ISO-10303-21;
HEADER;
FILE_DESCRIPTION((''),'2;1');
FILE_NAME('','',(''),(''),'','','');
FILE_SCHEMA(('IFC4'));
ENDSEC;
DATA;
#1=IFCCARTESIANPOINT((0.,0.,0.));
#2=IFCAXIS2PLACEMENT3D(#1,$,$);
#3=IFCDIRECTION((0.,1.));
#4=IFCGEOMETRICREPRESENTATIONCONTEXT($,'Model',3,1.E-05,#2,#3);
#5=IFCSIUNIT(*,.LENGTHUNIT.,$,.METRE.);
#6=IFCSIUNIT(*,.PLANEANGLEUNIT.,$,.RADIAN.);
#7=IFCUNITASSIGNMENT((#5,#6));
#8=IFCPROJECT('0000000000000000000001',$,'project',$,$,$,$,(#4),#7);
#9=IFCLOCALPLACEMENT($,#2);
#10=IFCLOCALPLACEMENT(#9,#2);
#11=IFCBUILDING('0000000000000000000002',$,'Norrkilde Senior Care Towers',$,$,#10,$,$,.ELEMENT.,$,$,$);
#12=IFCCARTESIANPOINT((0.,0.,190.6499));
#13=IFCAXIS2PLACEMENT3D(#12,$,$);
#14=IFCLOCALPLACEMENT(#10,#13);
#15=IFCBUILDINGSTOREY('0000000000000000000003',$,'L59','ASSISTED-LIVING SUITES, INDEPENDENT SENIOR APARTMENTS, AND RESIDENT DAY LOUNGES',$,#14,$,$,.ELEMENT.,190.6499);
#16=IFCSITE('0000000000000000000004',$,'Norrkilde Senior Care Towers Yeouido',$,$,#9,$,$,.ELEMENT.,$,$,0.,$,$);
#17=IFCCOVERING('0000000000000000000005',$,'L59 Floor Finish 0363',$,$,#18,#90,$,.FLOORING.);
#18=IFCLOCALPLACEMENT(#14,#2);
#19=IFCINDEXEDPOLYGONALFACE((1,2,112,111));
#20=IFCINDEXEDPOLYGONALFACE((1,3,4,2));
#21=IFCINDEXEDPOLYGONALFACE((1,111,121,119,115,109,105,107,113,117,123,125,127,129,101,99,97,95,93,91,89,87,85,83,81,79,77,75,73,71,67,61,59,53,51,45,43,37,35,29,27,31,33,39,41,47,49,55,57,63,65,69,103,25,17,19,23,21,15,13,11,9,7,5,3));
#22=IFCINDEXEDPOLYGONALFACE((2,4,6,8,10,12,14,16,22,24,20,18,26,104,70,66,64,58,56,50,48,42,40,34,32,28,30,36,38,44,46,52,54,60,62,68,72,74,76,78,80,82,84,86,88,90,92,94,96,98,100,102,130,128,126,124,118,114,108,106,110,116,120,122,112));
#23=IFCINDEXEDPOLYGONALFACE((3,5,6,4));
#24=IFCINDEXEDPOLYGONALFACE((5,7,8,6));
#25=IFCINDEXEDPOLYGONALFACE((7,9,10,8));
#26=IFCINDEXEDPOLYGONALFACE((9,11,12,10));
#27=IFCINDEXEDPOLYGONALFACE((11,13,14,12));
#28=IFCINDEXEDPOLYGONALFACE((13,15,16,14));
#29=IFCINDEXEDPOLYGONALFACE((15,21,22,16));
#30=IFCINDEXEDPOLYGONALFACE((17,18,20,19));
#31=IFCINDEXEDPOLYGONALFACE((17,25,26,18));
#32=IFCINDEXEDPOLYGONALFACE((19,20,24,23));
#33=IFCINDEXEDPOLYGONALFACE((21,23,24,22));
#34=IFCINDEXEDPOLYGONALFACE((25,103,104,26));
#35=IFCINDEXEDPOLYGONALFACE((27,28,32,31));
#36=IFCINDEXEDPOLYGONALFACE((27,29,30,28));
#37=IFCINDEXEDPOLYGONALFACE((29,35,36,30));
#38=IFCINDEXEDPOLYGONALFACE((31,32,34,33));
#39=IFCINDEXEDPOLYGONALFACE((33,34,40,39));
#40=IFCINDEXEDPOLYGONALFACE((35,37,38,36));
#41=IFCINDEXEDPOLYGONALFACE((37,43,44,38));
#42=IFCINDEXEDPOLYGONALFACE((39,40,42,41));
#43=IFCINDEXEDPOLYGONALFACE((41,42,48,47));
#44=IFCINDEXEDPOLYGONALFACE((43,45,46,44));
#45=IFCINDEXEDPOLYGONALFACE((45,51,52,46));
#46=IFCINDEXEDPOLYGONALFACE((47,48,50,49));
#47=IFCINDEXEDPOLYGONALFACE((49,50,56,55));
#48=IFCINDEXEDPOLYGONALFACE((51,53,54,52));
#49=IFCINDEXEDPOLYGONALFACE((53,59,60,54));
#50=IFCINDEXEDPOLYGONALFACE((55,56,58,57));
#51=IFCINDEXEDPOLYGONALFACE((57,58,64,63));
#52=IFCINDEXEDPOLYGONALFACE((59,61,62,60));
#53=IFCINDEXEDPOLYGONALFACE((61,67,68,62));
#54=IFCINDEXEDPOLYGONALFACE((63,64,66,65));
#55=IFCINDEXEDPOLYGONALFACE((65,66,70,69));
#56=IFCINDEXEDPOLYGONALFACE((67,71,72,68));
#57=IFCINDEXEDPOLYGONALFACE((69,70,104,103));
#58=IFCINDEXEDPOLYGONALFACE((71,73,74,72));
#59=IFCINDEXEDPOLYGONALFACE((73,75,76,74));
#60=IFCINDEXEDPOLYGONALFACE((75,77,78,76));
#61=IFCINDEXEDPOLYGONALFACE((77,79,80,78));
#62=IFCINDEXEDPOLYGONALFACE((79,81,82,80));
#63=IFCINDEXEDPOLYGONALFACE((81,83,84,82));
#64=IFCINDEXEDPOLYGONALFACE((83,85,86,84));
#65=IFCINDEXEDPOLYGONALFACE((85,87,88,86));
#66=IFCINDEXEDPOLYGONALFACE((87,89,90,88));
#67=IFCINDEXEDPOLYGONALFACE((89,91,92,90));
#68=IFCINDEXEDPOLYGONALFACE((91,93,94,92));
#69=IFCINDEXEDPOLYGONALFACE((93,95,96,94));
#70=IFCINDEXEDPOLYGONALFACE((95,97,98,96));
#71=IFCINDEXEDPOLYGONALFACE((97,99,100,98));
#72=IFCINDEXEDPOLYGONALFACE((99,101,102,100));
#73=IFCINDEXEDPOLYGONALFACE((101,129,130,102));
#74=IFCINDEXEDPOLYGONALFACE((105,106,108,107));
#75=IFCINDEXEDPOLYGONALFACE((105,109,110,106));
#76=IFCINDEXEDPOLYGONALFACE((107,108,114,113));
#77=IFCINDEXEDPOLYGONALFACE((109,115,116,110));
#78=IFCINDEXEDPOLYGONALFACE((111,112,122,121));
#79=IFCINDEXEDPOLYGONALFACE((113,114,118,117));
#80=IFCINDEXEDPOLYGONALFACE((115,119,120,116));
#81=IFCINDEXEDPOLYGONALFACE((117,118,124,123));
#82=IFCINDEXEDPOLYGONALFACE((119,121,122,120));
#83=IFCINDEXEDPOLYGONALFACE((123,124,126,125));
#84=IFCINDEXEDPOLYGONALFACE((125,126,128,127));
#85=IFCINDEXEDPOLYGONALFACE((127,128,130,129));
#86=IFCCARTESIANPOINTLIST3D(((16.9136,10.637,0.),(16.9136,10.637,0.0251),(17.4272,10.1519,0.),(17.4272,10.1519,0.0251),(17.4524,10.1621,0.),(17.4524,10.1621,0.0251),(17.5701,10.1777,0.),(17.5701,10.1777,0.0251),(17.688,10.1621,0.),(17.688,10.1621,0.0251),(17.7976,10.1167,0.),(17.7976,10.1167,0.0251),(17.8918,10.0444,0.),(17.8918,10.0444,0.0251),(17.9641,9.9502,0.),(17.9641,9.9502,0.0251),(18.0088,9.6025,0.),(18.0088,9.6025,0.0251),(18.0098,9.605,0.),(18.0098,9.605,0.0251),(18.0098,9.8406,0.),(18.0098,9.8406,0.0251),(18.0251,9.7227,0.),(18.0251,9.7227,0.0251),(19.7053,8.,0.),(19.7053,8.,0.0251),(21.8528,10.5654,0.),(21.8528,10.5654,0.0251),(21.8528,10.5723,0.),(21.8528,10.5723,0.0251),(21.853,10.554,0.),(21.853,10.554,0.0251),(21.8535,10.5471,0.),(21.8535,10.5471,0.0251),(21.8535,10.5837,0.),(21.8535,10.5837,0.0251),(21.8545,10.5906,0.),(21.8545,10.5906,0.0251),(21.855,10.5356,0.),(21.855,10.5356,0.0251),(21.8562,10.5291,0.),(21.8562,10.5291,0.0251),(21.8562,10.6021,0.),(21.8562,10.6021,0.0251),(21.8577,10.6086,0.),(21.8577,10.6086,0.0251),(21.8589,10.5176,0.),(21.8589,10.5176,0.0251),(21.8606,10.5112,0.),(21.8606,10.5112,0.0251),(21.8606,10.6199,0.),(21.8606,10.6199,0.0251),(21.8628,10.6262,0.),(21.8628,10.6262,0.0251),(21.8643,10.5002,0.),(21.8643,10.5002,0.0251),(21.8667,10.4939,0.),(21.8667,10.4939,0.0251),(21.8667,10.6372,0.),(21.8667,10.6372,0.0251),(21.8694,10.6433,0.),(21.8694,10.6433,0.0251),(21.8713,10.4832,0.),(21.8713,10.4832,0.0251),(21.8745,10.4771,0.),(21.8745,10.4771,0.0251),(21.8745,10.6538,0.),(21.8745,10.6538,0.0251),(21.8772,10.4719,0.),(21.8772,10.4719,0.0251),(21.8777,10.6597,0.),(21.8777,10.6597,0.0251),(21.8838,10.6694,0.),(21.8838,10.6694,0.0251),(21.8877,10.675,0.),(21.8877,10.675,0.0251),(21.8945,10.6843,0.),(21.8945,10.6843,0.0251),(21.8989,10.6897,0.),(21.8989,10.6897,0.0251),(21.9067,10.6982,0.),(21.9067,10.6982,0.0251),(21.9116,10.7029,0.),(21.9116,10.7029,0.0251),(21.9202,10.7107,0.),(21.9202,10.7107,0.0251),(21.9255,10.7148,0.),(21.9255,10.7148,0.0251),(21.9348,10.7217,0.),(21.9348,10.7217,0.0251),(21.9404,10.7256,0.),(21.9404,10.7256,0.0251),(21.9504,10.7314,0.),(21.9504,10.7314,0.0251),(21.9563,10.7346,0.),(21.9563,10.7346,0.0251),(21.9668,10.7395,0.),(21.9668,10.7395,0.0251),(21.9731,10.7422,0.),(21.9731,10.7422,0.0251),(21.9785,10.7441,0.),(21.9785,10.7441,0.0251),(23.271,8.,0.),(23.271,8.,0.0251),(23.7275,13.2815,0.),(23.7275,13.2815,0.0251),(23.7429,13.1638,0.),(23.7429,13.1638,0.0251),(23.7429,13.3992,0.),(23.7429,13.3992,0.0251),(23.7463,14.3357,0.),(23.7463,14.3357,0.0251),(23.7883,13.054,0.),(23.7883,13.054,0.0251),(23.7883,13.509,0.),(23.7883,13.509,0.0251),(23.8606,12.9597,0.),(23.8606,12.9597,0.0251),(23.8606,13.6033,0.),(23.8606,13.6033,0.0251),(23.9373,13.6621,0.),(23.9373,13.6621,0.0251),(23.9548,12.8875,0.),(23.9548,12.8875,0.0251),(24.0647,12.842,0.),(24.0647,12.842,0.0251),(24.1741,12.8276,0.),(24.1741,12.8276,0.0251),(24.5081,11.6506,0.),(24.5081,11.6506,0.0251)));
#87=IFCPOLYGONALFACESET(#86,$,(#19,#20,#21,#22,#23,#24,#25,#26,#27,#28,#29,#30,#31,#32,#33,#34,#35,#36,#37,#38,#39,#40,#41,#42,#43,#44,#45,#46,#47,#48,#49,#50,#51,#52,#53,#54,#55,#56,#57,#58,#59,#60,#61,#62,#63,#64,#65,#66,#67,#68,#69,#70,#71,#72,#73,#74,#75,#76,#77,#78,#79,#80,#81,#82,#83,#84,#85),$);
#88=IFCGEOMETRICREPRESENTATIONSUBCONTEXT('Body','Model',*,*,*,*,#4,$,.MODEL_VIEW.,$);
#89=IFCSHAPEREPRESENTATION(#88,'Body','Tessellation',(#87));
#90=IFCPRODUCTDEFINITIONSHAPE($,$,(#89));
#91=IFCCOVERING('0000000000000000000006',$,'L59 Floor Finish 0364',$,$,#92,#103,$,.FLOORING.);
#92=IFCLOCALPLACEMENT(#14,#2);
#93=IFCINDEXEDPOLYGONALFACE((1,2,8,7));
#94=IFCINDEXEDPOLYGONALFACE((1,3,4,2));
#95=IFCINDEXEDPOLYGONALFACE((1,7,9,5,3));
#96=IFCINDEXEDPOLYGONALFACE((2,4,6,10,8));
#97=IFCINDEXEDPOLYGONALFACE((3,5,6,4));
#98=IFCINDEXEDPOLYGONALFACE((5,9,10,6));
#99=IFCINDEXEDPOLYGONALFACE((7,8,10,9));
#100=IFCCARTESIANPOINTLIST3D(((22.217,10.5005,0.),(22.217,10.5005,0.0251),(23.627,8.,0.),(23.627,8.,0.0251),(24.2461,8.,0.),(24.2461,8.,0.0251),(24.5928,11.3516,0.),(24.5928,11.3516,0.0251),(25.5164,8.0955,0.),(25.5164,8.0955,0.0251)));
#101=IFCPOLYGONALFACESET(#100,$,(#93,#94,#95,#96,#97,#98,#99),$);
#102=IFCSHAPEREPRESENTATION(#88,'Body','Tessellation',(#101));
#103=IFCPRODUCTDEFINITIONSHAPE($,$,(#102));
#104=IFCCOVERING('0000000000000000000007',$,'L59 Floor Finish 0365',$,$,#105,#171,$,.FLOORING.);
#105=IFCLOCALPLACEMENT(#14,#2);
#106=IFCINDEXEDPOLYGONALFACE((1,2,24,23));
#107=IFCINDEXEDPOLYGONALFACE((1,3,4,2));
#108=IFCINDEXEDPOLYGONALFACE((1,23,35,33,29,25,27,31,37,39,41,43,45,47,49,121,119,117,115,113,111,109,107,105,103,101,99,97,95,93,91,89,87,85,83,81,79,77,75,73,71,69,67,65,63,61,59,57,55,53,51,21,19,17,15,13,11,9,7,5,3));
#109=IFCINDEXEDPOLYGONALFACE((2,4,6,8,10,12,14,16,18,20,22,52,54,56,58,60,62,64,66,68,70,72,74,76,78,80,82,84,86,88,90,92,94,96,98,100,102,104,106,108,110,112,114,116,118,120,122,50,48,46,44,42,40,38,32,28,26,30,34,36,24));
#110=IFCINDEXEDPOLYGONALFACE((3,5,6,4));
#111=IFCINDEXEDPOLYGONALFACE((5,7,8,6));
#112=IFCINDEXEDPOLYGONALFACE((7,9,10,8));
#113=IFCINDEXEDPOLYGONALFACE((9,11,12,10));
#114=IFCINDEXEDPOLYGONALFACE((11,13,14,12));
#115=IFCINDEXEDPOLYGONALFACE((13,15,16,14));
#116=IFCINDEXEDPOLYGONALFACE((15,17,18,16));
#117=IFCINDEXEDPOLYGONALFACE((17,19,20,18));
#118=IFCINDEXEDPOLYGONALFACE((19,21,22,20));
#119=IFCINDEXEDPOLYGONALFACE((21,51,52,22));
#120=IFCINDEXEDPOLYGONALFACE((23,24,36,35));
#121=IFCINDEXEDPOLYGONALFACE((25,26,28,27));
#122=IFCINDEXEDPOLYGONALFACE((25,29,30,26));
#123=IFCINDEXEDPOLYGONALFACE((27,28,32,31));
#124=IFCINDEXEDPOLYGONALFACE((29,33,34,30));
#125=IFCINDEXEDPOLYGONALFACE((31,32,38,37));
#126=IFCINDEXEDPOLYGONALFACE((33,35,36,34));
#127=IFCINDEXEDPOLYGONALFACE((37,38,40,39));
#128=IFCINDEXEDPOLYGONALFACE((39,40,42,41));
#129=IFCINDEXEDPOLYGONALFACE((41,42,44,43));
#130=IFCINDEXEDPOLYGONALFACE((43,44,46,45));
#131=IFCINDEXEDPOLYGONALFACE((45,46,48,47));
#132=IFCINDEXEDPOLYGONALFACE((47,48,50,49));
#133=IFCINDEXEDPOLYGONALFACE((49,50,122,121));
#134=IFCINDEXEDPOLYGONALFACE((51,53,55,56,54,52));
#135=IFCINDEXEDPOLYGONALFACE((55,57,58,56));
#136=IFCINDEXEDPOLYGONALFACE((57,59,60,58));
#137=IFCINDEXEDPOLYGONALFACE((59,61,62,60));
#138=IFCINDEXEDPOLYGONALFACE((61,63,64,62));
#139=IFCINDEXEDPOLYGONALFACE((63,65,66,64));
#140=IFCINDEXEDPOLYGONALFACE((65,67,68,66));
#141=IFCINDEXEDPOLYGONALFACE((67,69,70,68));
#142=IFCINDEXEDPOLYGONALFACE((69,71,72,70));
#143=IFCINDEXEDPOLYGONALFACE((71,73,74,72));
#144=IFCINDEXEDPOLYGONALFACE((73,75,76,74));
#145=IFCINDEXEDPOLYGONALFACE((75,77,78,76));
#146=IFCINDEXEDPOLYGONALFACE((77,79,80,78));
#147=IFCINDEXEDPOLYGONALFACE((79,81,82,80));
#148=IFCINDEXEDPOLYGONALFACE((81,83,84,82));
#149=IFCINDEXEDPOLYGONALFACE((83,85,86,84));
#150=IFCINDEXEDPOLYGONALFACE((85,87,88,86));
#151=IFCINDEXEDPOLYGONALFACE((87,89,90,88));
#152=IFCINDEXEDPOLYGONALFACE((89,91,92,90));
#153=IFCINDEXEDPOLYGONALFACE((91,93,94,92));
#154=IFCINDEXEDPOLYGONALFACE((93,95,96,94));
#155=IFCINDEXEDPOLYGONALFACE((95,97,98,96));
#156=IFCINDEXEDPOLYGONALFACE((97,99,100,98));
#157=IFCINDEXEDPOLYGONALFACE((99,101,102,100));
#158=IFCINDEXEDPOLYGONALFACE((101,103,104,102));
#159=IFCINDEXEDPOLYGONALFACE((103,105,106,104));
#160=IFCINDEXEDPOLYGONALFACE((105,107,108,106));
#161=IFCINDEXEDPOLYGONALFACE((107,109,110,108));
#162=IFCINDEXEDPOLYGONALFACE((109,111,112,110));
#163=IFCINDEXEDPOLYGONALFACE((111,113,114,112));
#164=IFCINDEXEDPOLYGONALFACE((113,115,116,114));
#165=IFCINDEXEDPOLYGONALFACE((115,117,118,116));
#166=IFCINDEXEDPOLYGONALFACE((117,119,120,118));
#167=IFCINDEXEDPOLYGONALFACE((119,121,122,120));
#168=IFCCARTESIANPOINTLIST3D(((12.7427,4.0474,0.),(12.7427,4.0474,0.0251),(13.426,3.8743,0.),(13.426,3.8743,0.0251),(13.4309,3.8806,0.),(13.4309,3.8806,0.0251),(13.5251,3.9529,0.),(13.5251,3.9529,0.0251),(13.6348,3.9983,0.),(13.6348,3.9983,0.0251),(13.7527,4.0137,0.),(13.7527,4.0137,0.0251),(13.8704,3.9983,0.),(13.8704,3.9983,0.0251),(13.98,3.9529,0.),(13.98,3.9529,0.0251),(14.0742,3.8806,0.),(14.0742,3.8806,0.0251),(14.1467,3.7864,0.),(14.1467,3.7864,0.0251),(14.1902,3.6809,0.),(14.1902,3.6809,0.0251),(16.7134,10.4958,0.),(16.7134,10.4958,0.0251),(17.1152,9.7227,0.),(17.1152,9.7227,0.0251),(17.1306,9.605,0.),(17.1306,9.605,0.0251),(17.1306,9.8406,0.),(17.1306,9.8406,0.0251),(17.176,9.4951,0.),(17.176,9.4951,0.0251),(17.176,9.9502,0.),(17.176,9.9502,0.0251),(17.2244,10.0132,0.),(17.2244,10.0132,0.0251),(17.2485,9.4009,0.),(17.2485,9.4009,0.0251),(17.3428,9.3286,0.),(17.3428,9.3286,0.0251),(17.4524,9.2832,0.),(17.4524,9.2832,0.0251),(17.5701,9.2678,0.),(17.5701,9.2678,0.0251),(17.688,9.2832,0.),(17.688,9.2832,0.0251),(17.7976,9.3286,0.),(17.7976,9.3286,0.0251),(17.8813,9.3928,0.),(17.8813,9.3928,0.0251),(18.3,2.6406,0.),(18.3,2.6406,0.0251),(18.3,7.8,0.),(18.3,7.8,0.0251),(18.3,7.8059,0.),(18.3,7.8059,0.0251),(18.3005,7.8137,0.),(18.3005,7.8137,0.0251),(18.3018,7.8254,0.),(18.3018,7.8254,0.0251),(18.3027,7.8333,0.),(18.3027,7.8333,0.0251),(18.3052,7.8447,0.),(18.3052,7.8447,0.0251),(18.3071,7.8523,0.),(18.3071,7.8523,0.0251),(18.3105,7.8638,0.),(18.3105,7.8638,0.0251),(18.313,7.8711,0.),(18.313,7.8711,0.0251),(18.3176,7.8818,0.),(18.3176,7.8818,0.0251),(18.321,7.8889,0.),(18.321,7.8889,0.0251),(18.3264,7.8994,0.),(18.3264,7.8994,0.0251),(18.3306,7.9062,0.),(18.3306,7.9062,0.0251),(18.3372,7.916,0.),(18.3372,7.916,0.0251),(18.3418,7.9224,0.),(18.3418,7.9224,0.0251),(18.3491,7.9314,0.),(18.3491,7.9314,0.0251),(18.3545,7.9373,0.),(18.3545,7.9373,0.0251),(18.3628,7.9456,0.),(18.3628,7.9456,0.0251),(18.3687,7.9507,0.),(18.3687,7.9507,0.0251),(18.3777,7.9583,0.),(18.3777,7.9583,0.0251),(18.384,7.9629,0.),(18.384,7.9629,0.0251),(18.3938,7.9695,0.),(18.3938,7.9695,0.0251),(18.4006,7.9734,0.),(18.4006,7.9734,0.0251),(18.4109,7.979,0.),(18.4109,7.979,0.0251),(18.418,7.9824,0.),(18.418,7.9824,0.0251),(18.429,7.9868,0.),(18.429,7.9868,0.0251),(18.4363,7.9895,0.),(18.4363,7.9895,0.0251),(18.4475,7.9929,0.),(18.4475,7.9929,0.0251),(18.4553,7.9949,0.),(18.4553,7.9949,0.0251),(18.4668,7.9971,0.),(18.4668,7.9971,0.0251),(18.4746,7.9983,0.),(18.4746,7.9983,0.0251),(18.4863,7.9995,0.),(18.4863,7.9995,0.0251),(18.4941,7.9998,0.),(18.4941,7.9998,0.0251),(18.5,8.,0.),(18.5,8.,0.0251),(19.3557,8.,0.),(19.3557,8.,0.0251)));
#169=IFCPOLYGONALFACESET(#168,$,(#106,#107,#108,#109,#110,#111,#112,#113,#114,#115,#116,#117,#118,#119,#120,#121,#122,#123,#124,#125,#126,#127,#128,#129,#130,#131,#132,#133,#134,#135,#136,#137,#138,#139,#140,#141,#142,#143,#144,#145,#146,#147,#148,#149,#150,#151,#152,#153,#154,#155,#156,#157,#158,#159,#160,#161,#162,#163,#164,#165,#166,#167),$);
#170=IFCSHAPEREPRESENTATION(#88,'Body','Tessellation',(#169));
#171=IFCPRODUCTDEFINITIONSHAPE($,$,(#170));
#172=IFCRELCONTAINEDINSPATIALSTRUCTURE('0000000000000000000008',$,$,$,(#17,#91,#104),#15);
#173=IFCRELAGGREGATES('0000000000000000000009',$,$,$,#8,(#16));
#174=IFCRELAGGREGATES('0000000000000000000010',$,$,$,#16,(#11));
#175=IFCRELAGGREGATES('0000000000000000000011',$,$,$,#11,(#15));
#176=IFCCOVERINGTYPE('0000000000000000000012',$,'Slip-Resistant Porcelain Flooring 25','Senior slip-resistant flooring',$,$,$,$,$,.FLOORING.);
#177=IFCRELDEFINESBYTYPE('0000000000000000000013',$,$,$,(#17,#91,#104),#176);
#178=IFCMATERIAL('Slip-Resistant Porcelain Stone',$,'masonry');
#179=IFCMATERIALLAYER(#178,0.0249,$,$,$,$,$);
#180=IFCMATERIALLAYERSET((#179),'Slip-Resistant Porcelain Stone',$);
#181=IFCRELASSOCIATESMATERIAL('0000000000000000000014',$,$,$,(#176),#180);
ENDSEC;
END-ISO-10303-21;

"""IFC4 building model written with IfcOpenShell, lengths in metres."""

from ifc_helpers import new_model, si_unit, direction, frame, origin, place, context, subcontext, project, spatial, polyline, outline, extrude, material, layer, layer_set, type_object, element, save


model = new_model("IFC4")

# Units and contexts
model_context = context("Model", 3, precision=1e-05, world=origin(), true_north=direction((0.0, 1.0)))
body_context = subcontext(model_context, "Body", "Model", "MODEL_VIEW")
ifc_project = project(units=[si_unit("LENGTHUNIT", "METRE"), si_unit("PLANEANGLEUNIT", "RADIAN")], contexts=[model_context])

# Site, building, storey
site_placement = place(None, origin())
site = spatial("IfcSite", under=ifc_project, at=site_placement, Name="Norrkilde Senior Care Towers Yeouido", CompositionType="ELEMENT", RefElevation=0.0)
building_placement = place(site_placement, origin())
building = spatial("IfcBuilding", under=site, at=building_placement, Name="Norrkilde Senior Care Towers", CompositionType="ELEMENT")
storey_placement = place(building_placement, frame((0.0, 0.0, 190.6499)))
storey = spatial("IfcBuildingStorey", under=building, at=storey_placement, Name="L59", Description="ASSISTED-LIVING SUITES, INDEPENDENT SENIOR APARTMENTS, AND RESIDENT DAY LOUNGES", CompositionType="ELEMENT", Elevation=190.6499)

# Coverings
ifc_material_1 = material(Name="Slip-Resistant Porcelain Stone", Category="masonry")
ifc_layer_1 = layer(ifc_material_1, 0.0249)
ifc_layer_set_1 = layer_set([ifc_layer_1], Name="Slip-Resistant Porcelain Stone")
covering_type_1 = type_object("IfcCoveringType", Name="Slip-Resistant Porcelain Flooring 25", Description="Senior slip-resistant flooring", PredefinedType="FLOORING", material=ifc_layer_set_1)
covering_1_placement = place(storey_placement, origin())
element("IfcCovering", 1, at=covering_1_placement, inside=storey, type_object=covering_type_1, Name="L59 Floor Finish 0363", PredefinedType="FLOORING", context=body_context, shape_type="SweptSolid", body=[
    extrude(outline(polyline([(21.9404, 10.7256), (21.9348, 10.7217), (21.9255, 10.7148), (21.9202, 10.7107), (21.9116, 10.7029), (21.9067, 10.6982), (21.8989, 10.6897), (21.8945, 10.6843), (21.8877, 10.675), (21.8838, 10.6694), (21.8777, 10.6597), (21.8745, 10.6538), (21.8694, 10.6433), (21.8667, 10.6372), (21.8628, 10.6262), (21.8606, 10.6199), (21.8577, 10.6086), (21.8562, 10.6021), (21.8545, 10.5906), (21.8535, 10.5837), (21.8528, 10.5723), (21.8528, 10.5654), (21.853, 10.554), (21.8535, 10.5471), (21.855, 10.5356), (21.8562, 10.5291), (21.8589, 10.5176), (21.8606, 10.5112), (21.8643, 10.5002), (21.8667, 10.4939), (21.8713, 10.4832), (21.8745, 10.4771), (21.8772, 10.4719), (23.271, 8.0), (19.7053, 8.0), (18.0088, 9.6025), (18.0098, 9.605), (18.0251, 9.7227), (18.0098, 9.8406), (17.9641, 9.9502), (17.8918, 10.0444), (17.7976, 10.1167), (17.688, 10.1621), (17.5701, 10.1777), (17.4524, 10.1621), (17.4272, 10.1519), (16.9136, 10.637), (23.7463, 14.3357), (23.9373, 13.6621), (23.8606, 13.6033), (23.7883, 13.509), (23.7429, 13.3992), (23.7275, 13.2815), (23.7429, 13.1638), (23.7883, 13.054), (23.8606, 12.9597), (23.9548, 12.8875), (24.0647, 12.842), (24.1741, 12.8276), (24.5081, 11.6506), (21.9785, 10.7441), (21.9731, 10.7422), (21.9668, 10.7395), (21.9563, 10.7346), (21.9504, 10.7314), (21.9404, 10.7256)])), origin(), (0.0, 0.0, 1.0), 0.0251),
])
covering_2_placement = place(storey_placement, origin())
element("IfcCovering", 2, at=covering_2_placement, inside=storey, type_object=covering_type_1, Name="L59 Floor Finish 0364", PredefinedType="FLOORING", context=body_context, shape_type="SweptSolid", body=[
    extrude(outline(polyline([(22.217, 10.5005), (24.5928, 11.3516), (25.5164, 8.0955), (24.2461, 8.0), (23.627, 8.0), (22.217, 10.5005)])), origin(), (0.0, 0.0, 1.0), 0.0251),
])
covering_3_placement = place(storey_placement, origin())
element("IfcCovering", 3, at=covering_3_placement, inside=storey, type_object=covering_type_1, Name="L59 Floor Finish 0365", PredefinedType="FLOORING", context=body_context, shape_type="SweptSolid", body=[
    extrude(outline(polyline([(18.4553, 7.9949), (18.4475, 7.9929), (18.4363, 7.9895), (18.429, 7.9868), (18.418, 7.9824), (18.4109, 7.979), (18.4006, 7.9734), (18.3938, 7.9695), (18.384, 7.9629), (18.3777, 7.9583), (18.3687, 7.9507), (18.3628, 7.9456), (18.3545, 7.9373), (18.3491, 7.9314), (18.3418, 7.9224), (18.3372, 7.916), (18.3306, 7.9062), (18.3264, 7.8994), (18.321, 7.8889), (18.3176, 7.8818), (18.313, 7.8711), (18.3105, 7.8638), (18.3071, 7.8523), (18.3052, 7.8447), (18.3027, 7.8333), (18.3018, 7.8254), (18.3005, 7.8137), (18.3, 7.8059), (18.3, 7.8), (18.3, 2.6406), (14.1902, 3.6809), (14.1467, 3.7864), (14.0742, 3.8806), (13.98, 3.9529), (13.8704, 3.9983), (13.7527, 4.0137), (13.6348, 3.9983), (13.5251, 3.9529), (13.4309, 3.8806), (13.426, 3.8743), (12.7427, 4.0474), (16.7134, 10.4958), (17.2244, 10.0132), (17.176, 9.9502), (17.1306, 9.8406), (17.1152, 9.7227), (17.1306, 9.605), (17.176, 9.4951), (17.2485, 9.4009), (17.3428, 9.3286), (17.4524, 9.2832), (17.5701, 9.2678), (17.688, 9.2832), (17.7976, 9.3286), (17.8813, 9.3928), (19.3557, 8.0), (18.5, 8.0), (18.4941, 7.9998), (18.4863, 7.9995), (18.4746, 7.9983), (18.4668, 7.9971), (18.4553, 7.9949)])), origin(), (0.0, 0.0, 1.0), 0.0251),
])

save(model, "model.ifc")
